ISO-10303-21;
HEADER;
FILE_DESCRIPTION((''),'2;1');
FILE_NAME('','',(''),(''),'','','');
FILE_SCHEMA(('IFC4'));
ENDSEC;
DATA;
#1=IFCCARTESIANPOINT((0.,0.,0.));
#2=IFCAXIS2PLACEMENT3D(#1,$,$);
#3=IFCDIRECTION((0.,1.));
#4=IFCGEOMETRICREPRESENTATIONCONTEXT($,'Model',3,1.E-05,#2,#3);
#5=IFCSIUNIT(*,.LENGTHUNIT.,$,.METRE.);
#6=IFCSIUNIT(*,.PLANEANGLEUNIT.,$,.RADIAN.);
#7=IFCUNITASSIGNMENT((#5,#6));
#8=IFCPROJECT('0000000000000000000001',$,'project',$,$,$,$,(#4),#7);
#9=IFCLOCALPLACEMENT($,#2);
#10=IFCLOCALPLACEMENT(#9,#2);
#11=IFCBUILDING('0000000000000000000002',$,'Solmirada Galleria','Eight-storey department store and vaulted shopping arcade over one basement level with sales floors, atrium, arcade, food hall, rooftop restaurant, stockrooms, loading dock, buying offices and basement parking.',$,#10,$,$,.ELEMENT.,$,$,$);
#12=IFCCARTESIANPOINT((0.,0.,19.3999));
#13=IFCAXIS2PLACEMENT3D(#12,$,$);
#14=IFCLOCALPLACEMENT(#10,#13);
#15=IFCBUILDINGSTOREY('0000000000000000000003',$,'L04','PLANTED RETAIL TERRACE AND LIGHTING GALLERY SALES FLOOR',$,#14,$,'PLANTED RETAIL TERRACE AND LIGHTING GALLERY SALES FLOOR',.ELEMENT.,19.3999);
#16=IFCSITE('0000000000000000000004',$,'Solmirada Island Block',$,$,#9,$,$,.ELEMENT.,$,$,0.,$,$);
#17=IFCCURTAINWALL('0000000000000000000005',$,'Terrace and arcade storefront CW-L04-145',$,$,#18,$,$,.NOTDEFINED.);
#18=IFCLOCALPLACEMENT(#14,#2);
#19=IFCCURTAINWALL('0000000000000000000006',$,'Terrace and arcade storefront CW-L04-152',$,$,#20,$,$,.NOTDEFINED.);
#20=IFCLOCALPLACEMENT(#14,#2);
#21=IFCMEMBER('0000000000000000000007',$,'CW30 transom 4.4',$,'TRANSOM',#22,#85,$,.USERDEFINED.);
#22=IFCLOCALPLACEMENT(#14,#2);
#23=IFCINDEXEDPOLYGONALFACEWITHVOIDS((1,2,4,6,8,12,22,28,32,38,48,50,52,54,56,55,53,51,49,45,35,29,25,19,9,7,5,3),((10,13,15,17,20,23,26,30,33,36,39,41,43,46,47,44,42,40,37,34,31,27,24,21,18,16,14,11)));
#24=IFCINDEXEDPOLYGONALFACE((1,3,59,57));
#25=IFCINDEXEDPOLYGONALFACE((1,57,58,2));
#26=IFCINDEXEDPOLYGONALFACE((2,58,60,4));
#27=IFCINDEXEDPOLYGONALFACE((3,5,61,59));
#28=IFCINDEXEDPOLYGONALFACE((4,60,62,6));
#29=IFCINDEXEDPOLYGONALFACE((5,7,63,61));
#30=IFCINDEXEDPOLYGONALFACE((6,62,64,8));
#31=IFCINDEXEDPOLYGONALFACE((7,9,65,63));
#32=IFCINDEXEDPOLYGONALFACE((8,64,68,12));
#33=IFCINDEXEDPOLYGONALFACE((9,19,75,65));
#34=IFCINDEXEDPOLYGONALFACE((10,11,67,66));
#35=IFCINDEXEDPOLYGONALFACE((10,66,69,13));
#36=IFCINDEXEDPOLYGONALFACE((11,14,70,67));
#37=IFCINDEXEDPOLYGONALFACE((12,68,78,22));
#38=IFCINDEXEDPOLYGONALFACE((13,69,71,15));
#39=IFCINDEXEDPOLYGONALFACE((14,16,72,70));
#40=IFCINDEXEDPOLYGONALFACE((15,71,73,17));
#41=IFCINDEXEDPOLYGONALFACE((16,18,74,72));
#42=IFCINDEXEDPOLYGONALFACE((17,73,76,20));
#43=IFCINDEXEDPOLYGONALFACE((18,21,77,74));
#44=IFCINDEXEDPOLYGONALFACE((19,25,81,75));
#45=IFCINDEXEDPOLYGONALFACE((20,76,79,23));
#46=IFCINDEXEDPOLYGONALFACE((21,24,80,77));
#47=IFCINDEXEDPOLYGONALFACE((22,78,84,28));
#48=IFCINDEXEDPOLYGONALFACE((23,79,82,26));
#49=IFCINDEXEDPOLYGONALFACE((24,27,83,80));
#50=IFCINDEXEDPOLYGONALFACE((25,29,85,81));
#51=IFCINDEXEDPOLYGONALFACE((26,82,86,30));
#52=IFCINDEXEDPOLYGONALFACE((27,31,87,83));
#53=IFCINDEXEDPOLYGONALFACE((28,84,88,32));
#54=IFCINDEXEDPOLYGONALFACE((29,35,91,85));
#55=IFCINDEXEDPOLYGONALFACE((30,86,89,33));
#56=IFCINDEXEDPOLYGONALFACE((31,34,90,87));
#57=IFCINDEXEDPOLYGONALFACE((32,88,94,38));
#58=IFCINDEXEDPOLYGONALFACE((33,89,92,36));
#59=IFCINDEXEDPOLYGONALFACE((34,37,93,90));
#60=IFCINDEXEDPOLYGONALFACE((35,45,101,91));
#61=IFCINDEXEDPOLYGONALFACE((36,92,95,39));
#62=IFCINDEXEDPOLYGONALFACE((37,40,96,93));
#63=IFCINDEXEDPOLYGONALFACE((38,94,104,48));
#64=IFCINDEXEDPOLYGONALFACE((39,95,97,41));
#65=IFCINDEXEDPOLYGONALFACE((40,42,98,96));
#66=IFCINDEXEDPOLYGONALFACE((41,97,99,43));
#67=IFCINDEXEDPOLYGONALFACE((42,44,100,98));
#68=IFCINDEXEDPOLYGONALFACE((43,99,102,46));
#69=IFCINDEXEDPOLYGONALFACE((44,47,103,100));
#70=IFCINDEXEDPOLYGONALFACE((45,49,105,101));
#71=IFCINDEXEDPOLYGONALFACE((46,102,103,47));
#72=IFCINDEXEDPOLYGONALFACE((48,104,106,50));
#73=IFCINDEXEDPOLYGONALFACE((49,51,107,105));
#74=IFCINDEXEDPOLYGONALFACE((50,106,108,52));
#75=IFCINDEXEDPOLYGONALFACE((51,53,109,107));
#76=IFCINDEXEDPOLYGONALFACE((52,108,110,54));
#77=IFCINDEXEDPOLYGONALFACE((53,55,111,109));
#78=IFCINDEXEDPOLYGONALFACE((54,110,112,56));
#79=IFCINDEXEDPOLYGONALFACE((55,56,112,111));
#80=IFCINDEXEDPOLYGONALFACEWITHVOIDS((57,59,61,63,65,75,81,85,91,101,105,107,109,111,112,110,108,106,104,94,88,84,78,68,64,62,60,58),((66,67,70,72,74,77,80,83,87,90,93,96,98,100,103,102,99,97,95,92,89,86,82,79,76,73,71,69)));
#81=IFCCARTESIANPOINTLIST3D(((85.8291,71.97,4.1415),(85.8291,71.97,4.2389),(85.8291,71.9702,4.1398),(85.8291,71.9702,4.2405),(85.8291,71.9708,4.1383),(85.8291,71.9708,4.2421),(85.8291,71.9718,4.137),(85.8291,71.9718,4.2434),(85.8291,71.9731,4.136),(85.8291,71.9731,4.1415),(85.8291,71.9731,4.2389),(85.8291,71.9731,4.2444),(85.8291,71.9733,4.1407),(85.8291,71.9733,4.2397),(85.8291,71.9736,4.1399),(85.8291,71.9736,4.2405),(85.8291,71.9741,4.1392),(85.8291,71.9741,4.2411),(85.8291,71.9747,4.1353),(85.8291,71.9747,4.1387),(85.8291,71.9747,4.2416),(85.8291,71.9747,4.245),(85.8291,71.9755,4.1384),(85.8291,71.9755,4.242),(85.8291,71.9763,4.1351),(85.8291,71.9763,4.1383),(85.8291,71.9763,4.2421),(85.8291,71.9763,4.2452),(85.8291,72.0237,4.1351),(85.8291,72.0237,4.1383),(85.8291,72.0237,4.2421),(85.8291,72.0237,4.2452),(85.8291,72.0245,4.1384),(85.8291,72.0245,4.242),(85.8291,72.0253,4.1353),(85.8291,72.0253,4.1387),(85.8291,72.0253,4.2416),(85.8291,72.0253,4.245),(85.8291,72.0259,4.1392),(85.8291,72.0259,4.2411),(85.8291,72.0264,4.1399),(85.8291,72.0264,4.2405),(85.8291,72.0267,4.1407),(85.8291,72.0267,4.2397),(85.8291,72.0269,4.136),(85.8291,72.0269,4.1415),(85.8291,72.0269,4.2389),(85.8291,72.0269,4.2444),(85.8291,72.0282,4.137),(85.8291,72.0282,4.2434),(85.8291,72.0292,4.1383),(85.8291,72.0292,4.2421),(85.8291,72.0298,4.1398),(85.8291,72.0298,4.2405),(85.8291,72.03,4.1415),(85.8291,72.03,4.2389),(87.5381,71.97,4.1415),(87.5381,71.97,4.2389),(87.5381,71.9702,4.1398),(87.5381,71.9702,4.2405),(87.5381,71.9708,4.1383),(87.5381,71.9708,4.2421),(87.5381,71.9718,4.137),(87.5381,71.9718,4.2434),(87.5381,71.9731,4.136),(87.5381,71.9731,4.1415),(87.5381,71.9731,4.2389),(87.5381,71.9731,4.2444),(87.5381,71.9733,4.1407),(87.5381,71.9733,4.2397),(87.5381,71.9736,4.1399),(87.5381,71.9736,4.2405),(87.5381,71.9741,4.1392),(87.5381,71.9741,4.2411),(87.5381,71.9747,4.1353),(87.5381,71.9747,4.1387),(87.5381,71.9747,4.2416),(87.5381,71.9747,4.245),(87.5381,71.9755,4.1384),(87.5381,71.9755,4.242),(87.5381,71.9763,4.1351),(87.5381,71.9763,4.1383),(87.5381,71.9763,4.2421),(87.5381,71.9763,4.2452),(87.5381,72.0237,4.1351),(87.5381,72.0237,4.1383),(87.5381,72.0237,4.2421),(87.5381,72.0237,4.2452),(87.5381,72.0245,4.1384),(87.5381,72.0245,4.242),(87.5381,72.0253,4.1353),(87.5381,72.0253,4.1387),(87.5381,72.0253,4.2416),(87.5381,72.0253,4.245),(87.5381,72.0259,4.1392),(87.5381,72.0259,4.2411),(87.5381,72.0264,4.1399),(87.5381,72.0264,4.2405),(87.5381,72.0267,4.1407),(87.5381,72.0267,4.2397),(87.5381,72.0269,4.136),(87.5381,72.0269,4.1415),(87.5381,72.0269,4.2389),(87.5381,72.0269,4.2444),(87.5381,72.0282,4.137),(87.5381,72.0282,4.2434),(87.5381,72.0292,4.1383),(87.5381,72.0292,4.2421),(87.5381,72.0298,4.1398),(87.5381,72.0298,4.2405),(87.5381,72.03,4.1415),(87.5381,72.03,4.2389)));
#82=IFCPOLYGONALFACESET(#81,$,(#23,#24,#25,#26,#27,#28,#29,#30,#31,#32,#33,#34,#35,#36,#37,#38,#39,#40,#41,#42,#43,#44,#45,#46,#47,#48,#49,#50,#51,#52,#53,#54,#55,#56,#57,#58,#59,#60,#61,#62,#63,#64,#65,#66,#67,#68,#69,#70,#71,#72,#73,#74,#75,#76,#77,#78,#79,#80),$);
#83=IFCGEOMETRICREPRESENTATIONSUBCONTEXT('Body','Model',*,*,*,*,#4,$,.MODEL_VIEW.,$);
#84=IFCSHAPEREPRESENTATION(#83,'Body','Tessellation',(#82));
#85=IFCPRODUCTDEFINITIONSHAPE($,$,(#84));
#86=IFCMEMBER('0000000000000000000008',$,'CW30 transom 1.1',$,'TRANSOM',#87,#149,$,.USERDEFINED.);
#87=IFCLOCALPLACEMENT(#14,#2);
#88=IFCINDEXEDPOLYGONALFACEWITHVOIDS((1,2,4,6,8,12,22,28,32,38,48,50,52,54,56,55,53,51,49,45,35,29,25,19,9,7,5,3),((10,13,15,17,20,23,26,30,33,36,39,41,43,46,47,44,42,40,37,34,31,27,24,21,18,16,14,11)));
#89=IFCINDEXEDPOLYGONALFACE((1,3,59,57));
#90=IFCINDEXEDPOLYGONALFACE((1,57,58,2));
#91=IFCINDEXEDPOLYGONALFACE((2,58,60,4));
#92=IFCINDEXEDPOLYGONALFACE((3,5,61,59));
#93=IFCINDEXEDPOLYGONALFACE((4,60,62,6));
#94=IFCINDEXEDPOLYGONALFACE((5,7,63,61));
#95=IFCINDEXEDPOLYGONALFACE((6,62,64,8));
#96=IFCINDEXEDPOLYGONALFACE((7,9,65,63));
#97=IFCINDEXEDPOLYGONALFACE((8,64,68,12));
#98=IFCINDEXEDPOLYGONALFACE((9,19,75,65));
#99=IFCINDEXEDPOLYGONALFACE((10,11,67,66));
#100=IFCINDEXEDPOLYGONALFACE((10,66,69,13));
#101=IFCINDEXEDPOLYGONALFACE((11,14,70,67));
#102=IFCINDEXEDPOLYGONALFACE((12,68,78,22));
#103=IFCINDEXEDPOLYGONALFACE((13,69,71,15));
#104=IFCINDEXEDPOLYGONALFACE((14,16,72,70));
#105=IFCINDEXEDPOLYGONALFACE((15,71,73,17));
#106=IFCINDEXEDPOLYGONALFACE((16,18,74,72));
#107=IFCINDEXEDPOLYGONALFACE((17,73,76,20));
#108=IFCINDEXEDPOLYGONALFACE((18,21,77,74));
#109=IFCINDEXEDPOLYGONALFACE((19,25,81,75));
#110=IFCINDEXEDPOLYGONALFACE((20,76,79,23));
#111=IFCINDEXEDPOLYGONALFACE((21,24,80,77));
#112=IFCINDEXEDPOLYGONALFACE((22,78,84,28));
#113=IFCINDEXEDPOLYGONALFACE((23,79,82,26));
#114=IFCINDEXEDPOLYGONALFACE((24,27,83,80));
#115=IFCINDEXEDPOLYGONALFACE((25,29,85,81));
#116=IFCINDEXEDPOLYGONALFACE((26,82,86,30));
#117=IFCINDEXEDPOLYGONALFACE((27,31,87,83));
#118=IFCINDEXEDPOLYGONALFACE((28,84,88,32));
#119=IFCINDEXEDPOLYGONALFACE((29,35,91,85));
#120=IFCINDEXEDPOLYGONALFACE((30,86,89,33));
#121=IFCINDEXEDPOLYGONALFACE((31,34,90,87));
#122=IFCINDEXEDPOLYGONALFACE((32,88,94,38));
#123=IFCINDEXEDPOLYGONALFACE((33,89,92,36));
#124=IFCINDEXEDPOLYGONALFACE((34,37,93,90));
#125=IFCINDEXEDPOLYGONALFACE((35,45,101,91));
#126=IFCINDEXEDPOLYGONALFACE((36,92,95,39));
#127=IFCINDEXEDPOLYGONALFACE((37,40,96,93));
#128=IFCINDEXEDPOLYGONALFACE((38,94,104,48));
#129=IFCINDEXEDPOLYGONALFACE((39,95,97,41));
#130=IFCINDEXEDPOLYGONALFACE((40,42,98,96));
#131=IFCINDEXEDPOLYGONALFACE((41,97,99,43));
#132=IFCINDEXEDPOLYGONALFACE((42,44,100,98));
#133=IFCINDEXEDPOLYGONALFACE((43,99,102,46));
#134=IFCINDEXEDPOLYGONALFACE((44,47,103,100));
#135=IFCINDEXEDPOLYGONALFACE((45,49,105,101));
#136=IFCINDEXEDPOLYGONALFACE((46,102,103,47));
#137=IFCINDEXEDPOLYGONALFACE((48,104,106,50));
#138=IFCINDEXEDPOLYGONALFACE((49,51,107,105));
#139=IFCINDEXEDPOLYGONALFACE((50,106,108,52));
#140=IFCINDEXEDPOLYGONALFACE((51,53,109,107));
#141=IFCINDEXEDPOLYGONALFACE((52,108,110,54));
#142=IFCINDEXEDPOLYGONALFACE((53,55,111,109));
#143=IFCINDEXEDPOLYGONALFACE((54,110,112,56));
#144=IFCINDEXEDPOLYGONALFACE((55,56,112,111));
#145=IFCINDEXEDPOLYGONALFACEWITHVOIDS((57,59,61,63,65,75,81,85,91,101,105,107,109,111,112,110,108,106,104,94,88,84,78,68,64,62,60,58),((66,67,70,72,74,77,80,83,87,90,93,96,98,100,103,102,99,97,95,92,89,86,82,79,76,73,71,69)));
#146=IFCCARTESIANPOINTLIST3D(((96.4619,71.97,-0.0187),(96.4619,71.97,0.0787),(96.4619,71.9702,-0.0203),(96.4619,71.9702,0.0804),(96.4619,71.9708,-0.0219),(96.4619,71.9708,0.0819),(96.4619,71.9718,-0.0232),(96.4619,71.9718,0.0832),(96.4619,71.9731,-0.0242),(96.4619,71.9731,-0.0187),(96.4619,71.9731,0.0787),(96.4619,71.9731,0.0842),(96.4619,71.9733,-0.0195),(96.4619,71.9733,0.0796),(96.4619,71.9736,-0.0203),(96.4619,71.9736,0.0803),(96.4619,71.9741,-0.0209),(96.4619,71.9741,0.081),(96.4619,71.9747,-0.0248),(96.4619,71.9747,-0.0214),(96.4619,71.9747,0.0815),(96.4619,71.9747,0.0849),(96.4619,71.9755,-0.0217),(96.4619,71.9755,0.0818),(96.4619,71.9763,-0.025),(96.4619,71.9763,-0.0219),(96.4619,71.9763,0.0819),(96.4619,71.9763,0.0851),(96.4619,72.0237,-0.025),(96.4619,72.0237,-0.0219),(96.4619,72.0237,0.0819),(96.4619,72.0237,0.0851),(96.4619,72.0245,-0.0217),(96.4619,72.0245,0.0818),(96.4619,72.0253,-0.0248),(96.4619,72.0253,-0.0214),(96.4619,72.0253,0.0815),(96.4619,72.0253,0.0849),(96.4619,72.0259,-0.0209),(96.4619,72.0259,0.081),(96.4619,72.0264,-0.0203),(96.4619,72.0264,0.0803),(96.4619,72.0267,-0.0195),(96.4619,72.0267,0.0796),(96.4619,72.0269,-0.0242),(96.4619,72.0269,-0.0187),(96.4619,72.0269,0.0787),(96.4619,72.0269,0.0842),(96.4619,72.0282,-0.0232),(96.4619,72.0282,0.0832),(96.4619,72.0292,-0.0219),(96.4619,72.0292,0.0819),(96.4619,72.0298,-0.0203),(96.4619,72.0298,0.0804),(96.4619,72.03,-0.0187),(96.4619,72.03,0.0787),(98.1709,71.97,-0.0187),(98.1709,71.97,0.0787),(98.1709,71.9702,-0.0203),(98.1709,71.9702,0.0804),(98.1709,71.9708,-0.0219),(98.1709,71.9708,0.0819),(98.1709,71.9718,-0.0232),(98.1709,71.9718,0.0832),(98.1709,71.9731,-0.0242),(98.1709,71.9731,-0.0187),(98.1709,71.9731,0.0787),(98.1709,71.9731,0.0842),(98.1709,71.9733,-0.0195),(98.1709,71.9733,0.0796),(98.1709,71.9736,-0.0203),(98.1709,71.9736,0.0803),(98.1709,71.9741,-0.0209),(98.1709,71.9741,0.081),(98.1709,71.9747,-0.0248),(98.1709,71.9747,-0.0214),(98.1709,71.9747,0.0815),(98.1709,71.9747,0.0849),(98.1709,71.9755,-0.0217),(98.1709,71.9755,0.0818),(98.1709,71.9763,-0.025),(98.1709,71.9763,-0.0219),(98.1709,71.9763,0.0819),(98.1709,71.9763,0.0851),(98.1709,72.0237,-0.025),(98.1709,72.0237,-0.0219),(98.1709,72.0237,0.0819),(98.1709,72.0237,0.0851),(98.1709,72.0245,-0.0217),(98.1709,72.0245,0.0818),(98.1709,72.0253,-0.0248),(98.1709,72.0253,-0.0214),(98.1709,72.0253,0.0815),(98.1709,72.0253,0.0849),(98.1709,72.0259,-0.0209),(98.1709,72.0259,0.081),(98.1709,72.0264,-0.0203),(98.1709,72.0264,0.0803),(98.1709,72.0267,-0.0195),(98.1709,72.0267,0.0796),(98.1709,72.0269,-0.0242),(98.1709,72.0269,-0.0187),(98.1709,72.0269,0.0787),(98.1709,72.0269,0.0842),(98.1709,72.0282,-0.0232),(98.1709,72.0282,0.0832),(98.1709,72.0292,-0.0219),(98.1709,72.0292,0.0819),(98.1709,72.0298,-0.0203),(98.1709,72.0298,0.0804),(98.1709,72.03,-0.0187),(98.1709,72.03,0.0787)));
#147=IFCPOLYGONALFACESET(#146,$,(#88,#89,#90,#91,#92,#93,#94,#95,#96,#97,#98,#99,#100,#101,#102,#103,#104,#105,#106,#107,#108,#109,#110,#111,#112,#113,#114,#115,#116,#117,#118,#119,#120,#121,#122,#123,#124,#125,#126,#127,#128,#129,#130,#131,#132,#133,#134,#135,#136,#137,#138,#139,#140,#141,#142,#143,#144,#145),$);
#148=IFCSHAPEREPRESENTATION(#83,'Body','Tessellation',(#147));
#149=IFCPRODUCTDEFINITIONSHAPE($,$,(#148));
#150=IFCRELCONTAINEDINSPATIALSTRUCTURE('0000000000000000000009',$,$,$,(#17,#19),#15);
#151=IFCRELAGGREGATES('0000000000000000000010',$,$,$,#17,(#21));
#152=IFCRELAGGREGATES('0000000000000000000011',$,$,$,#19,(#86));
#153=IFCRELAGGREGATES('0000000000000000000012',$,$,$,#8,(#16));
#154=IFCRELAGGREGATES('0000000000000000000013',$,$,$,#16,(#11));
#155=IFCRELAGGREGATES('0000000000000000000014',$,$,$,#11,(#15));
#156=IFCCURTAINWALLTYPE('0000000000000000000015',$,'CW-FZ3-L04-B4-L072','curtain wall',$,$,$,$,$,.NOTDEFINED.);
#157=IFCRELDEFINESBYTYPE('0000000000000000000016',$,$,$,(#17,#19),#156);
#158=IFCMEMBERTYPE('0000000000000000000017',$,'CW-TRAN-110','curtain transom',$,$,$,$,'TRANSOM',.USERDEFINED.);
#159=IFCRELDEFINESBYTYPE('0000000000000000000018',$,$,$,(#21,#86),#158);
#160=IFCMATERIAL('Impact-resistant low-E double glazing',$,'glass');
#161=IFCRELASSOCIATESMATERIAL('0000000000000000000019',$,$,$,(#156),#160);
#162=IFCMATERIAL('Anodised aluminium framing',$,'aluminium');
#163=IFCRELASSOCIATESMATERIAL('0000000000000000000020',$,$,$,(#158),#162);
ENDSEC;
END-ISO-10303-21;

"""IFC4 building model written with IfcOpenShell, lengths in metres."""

from ifc_helpers import new_model, si_unit, direction, frame, origin, origin_2d, place, context, subcontext, project, spatial, hollow_rectangle, extrude, material, material_profile, profile_set, type_object, element, aggregate, save


model = new_model("IFC4")

# Units and contexts
model_context = context("Model", 3, precision=1e-05, world=origin(), true_north=direction((0.0, 1.0)))
body_context = subcontext(model_context, "Body", "Model", "MODEL_VIEW")
ifc_project = project(units=[si_unit("LENGTHUNIT", "METRE"), si_unit("PLANEANGLEUNIT", "RADIAN")], contexts=[model_context])

# Site, building, storey
site_placement = place(None, origin())
site = spatial("IfcSite", under=ifc_project, at=site_placement, Name="Solmirada Island Block", CompositionType="ELEMENT", RefElevation=0.0)
building_placement = place(site_placement, origin())
building = spatial("IfcBuilding", under=site, at=building_placement, Name="Solmirada Galleria", Description="Eight-storey department store and vaulted shopping arcade over one basement level with sales floors, atrium, arcade, food hall, rooftop restaurant, stockrooms, loading dock, buying offices and basement parking.", CompositionType="ELEMENT")
storey_placement = place(building_placement, frame((0.0, 0.0, 19.3999)))
storey = spatial("IfcBuildingStorey", under=building, at=storey_placement, Name="L04", Description="PLANTED RETAIL TERRACE AND LIGHTING GALLERY SALES FLOOR", LongName="PLANTED RETAIL TERRACE AND LIGHTING GALLERY SALES FLOOR", CompositionType="ELEMENT", Elevation=19.3999)

# Curtain wall
ifc_material_1 = material(Name="Impact-resistant low-E double glazing", Category="glass")
curtain_wall_type = type_object("IfcCurtainWallType", Name="CW-FZ3-L04-B4-L072", Description="curtain wall", PredefinedType="NOTDEFINED", material=ifc_material_1)
curtain_wall_1_placement = place(storey_placement, origin())
curtain_wall_1 = element("IfcCurtainWall", 1, at=curtain_wall_1_placement, inside=storey, type_object=curtain_wall_type, Name="Terrace and arcade storefront CW-L04-145", PredefinedType="NOTDEFINED")
ifc_material_2 = material(Name="Anodised aluminium framing", Category="aluminium")

# Curtain wall
curtain_wall_2_placement = place(storey_placement, origin())
curtain_wall_2 = element("IfcCurtainWall", 2, at=curtain_wall_2_placement, inside=storey, type_object=curtain_wall_type, Name="Terrace and arcade storefront CW-L04-152", PredefinedType="NOTDEFINED")

# Members
ifc_material_profile_1 = material_profile(ifc_material_2, hollow_rectangle(XDim=0.0601, YDim=0.1101, WallThickness=0.0032, InnerFilletRadius=0.0032, OuterFilletRadius=0.0063, at=origin_2d()), Name="ALU-TRAN-110X60")
ifc_profile_set_1 = profile_set([ifc_material_profile_1], Name="Anodised aluminium framing")
member_type_1 = type_object("IfcMemberType", Name="CW-TRAN-110", Description="curtain transom", ElementType="TRANSOM", PredefinedType="USERDEFINED", material=ifc_profile_set_1)
member_1_placement = place(storey_placement, frame((85.8291, 72.0, 4.1902), z_axis=(1.0, 0.0, 0.0), x_axis=(0.0, 1.0, 0.0)))
member_1 = element("IfcMember", 3, at=member_1_placement, type_object=member_type_1, Name="CW30 transom 4.4", ObjectType="TRANSOM", PredefinedType="USERDEFINED", context=body_context, shape_type="SweptSolid", body=[
    extrude(hollow_rectangle(XDim=0.0601, YDim=0.1101, WallThickness=0.0032, InnerFilletRadius=0.0032, OuterFilletRadius=0.0063, at=origin_2d()), origin(), (0.0, 0.0, 1.0), 1.709),
])
member_2_placement = place(storey_placement, frame((96.4619, 72.0, 0.03), z_axis=(1.0, 0.0, 0.0), x_axis=(0.0, 1.0, 0.0)))
member_2 = element("IfcMember", 4, at=member_2_placement, type_object=member_type_1, Name="CW30 transom 1.1", ObjectType="TRANSOM", PredefinedType="USERDEFINED", context=body_context, shape_type="SweptSolid", body=[
    extrude(hollow_rectangle(XDim=0.0601, YDim=0.1101, WallThickness=0.0032, InnerFilletRadius=0.0032, OuterFilletRadius=0.0063, at=origin_2d()), origin(), (0.0, 0.0, 1.0), 1.709),
])

aggregate(curtain_wall_1, [member_1])
aggregate(curtain_wall_2, [member_2])

save(model, "model.ifc")
